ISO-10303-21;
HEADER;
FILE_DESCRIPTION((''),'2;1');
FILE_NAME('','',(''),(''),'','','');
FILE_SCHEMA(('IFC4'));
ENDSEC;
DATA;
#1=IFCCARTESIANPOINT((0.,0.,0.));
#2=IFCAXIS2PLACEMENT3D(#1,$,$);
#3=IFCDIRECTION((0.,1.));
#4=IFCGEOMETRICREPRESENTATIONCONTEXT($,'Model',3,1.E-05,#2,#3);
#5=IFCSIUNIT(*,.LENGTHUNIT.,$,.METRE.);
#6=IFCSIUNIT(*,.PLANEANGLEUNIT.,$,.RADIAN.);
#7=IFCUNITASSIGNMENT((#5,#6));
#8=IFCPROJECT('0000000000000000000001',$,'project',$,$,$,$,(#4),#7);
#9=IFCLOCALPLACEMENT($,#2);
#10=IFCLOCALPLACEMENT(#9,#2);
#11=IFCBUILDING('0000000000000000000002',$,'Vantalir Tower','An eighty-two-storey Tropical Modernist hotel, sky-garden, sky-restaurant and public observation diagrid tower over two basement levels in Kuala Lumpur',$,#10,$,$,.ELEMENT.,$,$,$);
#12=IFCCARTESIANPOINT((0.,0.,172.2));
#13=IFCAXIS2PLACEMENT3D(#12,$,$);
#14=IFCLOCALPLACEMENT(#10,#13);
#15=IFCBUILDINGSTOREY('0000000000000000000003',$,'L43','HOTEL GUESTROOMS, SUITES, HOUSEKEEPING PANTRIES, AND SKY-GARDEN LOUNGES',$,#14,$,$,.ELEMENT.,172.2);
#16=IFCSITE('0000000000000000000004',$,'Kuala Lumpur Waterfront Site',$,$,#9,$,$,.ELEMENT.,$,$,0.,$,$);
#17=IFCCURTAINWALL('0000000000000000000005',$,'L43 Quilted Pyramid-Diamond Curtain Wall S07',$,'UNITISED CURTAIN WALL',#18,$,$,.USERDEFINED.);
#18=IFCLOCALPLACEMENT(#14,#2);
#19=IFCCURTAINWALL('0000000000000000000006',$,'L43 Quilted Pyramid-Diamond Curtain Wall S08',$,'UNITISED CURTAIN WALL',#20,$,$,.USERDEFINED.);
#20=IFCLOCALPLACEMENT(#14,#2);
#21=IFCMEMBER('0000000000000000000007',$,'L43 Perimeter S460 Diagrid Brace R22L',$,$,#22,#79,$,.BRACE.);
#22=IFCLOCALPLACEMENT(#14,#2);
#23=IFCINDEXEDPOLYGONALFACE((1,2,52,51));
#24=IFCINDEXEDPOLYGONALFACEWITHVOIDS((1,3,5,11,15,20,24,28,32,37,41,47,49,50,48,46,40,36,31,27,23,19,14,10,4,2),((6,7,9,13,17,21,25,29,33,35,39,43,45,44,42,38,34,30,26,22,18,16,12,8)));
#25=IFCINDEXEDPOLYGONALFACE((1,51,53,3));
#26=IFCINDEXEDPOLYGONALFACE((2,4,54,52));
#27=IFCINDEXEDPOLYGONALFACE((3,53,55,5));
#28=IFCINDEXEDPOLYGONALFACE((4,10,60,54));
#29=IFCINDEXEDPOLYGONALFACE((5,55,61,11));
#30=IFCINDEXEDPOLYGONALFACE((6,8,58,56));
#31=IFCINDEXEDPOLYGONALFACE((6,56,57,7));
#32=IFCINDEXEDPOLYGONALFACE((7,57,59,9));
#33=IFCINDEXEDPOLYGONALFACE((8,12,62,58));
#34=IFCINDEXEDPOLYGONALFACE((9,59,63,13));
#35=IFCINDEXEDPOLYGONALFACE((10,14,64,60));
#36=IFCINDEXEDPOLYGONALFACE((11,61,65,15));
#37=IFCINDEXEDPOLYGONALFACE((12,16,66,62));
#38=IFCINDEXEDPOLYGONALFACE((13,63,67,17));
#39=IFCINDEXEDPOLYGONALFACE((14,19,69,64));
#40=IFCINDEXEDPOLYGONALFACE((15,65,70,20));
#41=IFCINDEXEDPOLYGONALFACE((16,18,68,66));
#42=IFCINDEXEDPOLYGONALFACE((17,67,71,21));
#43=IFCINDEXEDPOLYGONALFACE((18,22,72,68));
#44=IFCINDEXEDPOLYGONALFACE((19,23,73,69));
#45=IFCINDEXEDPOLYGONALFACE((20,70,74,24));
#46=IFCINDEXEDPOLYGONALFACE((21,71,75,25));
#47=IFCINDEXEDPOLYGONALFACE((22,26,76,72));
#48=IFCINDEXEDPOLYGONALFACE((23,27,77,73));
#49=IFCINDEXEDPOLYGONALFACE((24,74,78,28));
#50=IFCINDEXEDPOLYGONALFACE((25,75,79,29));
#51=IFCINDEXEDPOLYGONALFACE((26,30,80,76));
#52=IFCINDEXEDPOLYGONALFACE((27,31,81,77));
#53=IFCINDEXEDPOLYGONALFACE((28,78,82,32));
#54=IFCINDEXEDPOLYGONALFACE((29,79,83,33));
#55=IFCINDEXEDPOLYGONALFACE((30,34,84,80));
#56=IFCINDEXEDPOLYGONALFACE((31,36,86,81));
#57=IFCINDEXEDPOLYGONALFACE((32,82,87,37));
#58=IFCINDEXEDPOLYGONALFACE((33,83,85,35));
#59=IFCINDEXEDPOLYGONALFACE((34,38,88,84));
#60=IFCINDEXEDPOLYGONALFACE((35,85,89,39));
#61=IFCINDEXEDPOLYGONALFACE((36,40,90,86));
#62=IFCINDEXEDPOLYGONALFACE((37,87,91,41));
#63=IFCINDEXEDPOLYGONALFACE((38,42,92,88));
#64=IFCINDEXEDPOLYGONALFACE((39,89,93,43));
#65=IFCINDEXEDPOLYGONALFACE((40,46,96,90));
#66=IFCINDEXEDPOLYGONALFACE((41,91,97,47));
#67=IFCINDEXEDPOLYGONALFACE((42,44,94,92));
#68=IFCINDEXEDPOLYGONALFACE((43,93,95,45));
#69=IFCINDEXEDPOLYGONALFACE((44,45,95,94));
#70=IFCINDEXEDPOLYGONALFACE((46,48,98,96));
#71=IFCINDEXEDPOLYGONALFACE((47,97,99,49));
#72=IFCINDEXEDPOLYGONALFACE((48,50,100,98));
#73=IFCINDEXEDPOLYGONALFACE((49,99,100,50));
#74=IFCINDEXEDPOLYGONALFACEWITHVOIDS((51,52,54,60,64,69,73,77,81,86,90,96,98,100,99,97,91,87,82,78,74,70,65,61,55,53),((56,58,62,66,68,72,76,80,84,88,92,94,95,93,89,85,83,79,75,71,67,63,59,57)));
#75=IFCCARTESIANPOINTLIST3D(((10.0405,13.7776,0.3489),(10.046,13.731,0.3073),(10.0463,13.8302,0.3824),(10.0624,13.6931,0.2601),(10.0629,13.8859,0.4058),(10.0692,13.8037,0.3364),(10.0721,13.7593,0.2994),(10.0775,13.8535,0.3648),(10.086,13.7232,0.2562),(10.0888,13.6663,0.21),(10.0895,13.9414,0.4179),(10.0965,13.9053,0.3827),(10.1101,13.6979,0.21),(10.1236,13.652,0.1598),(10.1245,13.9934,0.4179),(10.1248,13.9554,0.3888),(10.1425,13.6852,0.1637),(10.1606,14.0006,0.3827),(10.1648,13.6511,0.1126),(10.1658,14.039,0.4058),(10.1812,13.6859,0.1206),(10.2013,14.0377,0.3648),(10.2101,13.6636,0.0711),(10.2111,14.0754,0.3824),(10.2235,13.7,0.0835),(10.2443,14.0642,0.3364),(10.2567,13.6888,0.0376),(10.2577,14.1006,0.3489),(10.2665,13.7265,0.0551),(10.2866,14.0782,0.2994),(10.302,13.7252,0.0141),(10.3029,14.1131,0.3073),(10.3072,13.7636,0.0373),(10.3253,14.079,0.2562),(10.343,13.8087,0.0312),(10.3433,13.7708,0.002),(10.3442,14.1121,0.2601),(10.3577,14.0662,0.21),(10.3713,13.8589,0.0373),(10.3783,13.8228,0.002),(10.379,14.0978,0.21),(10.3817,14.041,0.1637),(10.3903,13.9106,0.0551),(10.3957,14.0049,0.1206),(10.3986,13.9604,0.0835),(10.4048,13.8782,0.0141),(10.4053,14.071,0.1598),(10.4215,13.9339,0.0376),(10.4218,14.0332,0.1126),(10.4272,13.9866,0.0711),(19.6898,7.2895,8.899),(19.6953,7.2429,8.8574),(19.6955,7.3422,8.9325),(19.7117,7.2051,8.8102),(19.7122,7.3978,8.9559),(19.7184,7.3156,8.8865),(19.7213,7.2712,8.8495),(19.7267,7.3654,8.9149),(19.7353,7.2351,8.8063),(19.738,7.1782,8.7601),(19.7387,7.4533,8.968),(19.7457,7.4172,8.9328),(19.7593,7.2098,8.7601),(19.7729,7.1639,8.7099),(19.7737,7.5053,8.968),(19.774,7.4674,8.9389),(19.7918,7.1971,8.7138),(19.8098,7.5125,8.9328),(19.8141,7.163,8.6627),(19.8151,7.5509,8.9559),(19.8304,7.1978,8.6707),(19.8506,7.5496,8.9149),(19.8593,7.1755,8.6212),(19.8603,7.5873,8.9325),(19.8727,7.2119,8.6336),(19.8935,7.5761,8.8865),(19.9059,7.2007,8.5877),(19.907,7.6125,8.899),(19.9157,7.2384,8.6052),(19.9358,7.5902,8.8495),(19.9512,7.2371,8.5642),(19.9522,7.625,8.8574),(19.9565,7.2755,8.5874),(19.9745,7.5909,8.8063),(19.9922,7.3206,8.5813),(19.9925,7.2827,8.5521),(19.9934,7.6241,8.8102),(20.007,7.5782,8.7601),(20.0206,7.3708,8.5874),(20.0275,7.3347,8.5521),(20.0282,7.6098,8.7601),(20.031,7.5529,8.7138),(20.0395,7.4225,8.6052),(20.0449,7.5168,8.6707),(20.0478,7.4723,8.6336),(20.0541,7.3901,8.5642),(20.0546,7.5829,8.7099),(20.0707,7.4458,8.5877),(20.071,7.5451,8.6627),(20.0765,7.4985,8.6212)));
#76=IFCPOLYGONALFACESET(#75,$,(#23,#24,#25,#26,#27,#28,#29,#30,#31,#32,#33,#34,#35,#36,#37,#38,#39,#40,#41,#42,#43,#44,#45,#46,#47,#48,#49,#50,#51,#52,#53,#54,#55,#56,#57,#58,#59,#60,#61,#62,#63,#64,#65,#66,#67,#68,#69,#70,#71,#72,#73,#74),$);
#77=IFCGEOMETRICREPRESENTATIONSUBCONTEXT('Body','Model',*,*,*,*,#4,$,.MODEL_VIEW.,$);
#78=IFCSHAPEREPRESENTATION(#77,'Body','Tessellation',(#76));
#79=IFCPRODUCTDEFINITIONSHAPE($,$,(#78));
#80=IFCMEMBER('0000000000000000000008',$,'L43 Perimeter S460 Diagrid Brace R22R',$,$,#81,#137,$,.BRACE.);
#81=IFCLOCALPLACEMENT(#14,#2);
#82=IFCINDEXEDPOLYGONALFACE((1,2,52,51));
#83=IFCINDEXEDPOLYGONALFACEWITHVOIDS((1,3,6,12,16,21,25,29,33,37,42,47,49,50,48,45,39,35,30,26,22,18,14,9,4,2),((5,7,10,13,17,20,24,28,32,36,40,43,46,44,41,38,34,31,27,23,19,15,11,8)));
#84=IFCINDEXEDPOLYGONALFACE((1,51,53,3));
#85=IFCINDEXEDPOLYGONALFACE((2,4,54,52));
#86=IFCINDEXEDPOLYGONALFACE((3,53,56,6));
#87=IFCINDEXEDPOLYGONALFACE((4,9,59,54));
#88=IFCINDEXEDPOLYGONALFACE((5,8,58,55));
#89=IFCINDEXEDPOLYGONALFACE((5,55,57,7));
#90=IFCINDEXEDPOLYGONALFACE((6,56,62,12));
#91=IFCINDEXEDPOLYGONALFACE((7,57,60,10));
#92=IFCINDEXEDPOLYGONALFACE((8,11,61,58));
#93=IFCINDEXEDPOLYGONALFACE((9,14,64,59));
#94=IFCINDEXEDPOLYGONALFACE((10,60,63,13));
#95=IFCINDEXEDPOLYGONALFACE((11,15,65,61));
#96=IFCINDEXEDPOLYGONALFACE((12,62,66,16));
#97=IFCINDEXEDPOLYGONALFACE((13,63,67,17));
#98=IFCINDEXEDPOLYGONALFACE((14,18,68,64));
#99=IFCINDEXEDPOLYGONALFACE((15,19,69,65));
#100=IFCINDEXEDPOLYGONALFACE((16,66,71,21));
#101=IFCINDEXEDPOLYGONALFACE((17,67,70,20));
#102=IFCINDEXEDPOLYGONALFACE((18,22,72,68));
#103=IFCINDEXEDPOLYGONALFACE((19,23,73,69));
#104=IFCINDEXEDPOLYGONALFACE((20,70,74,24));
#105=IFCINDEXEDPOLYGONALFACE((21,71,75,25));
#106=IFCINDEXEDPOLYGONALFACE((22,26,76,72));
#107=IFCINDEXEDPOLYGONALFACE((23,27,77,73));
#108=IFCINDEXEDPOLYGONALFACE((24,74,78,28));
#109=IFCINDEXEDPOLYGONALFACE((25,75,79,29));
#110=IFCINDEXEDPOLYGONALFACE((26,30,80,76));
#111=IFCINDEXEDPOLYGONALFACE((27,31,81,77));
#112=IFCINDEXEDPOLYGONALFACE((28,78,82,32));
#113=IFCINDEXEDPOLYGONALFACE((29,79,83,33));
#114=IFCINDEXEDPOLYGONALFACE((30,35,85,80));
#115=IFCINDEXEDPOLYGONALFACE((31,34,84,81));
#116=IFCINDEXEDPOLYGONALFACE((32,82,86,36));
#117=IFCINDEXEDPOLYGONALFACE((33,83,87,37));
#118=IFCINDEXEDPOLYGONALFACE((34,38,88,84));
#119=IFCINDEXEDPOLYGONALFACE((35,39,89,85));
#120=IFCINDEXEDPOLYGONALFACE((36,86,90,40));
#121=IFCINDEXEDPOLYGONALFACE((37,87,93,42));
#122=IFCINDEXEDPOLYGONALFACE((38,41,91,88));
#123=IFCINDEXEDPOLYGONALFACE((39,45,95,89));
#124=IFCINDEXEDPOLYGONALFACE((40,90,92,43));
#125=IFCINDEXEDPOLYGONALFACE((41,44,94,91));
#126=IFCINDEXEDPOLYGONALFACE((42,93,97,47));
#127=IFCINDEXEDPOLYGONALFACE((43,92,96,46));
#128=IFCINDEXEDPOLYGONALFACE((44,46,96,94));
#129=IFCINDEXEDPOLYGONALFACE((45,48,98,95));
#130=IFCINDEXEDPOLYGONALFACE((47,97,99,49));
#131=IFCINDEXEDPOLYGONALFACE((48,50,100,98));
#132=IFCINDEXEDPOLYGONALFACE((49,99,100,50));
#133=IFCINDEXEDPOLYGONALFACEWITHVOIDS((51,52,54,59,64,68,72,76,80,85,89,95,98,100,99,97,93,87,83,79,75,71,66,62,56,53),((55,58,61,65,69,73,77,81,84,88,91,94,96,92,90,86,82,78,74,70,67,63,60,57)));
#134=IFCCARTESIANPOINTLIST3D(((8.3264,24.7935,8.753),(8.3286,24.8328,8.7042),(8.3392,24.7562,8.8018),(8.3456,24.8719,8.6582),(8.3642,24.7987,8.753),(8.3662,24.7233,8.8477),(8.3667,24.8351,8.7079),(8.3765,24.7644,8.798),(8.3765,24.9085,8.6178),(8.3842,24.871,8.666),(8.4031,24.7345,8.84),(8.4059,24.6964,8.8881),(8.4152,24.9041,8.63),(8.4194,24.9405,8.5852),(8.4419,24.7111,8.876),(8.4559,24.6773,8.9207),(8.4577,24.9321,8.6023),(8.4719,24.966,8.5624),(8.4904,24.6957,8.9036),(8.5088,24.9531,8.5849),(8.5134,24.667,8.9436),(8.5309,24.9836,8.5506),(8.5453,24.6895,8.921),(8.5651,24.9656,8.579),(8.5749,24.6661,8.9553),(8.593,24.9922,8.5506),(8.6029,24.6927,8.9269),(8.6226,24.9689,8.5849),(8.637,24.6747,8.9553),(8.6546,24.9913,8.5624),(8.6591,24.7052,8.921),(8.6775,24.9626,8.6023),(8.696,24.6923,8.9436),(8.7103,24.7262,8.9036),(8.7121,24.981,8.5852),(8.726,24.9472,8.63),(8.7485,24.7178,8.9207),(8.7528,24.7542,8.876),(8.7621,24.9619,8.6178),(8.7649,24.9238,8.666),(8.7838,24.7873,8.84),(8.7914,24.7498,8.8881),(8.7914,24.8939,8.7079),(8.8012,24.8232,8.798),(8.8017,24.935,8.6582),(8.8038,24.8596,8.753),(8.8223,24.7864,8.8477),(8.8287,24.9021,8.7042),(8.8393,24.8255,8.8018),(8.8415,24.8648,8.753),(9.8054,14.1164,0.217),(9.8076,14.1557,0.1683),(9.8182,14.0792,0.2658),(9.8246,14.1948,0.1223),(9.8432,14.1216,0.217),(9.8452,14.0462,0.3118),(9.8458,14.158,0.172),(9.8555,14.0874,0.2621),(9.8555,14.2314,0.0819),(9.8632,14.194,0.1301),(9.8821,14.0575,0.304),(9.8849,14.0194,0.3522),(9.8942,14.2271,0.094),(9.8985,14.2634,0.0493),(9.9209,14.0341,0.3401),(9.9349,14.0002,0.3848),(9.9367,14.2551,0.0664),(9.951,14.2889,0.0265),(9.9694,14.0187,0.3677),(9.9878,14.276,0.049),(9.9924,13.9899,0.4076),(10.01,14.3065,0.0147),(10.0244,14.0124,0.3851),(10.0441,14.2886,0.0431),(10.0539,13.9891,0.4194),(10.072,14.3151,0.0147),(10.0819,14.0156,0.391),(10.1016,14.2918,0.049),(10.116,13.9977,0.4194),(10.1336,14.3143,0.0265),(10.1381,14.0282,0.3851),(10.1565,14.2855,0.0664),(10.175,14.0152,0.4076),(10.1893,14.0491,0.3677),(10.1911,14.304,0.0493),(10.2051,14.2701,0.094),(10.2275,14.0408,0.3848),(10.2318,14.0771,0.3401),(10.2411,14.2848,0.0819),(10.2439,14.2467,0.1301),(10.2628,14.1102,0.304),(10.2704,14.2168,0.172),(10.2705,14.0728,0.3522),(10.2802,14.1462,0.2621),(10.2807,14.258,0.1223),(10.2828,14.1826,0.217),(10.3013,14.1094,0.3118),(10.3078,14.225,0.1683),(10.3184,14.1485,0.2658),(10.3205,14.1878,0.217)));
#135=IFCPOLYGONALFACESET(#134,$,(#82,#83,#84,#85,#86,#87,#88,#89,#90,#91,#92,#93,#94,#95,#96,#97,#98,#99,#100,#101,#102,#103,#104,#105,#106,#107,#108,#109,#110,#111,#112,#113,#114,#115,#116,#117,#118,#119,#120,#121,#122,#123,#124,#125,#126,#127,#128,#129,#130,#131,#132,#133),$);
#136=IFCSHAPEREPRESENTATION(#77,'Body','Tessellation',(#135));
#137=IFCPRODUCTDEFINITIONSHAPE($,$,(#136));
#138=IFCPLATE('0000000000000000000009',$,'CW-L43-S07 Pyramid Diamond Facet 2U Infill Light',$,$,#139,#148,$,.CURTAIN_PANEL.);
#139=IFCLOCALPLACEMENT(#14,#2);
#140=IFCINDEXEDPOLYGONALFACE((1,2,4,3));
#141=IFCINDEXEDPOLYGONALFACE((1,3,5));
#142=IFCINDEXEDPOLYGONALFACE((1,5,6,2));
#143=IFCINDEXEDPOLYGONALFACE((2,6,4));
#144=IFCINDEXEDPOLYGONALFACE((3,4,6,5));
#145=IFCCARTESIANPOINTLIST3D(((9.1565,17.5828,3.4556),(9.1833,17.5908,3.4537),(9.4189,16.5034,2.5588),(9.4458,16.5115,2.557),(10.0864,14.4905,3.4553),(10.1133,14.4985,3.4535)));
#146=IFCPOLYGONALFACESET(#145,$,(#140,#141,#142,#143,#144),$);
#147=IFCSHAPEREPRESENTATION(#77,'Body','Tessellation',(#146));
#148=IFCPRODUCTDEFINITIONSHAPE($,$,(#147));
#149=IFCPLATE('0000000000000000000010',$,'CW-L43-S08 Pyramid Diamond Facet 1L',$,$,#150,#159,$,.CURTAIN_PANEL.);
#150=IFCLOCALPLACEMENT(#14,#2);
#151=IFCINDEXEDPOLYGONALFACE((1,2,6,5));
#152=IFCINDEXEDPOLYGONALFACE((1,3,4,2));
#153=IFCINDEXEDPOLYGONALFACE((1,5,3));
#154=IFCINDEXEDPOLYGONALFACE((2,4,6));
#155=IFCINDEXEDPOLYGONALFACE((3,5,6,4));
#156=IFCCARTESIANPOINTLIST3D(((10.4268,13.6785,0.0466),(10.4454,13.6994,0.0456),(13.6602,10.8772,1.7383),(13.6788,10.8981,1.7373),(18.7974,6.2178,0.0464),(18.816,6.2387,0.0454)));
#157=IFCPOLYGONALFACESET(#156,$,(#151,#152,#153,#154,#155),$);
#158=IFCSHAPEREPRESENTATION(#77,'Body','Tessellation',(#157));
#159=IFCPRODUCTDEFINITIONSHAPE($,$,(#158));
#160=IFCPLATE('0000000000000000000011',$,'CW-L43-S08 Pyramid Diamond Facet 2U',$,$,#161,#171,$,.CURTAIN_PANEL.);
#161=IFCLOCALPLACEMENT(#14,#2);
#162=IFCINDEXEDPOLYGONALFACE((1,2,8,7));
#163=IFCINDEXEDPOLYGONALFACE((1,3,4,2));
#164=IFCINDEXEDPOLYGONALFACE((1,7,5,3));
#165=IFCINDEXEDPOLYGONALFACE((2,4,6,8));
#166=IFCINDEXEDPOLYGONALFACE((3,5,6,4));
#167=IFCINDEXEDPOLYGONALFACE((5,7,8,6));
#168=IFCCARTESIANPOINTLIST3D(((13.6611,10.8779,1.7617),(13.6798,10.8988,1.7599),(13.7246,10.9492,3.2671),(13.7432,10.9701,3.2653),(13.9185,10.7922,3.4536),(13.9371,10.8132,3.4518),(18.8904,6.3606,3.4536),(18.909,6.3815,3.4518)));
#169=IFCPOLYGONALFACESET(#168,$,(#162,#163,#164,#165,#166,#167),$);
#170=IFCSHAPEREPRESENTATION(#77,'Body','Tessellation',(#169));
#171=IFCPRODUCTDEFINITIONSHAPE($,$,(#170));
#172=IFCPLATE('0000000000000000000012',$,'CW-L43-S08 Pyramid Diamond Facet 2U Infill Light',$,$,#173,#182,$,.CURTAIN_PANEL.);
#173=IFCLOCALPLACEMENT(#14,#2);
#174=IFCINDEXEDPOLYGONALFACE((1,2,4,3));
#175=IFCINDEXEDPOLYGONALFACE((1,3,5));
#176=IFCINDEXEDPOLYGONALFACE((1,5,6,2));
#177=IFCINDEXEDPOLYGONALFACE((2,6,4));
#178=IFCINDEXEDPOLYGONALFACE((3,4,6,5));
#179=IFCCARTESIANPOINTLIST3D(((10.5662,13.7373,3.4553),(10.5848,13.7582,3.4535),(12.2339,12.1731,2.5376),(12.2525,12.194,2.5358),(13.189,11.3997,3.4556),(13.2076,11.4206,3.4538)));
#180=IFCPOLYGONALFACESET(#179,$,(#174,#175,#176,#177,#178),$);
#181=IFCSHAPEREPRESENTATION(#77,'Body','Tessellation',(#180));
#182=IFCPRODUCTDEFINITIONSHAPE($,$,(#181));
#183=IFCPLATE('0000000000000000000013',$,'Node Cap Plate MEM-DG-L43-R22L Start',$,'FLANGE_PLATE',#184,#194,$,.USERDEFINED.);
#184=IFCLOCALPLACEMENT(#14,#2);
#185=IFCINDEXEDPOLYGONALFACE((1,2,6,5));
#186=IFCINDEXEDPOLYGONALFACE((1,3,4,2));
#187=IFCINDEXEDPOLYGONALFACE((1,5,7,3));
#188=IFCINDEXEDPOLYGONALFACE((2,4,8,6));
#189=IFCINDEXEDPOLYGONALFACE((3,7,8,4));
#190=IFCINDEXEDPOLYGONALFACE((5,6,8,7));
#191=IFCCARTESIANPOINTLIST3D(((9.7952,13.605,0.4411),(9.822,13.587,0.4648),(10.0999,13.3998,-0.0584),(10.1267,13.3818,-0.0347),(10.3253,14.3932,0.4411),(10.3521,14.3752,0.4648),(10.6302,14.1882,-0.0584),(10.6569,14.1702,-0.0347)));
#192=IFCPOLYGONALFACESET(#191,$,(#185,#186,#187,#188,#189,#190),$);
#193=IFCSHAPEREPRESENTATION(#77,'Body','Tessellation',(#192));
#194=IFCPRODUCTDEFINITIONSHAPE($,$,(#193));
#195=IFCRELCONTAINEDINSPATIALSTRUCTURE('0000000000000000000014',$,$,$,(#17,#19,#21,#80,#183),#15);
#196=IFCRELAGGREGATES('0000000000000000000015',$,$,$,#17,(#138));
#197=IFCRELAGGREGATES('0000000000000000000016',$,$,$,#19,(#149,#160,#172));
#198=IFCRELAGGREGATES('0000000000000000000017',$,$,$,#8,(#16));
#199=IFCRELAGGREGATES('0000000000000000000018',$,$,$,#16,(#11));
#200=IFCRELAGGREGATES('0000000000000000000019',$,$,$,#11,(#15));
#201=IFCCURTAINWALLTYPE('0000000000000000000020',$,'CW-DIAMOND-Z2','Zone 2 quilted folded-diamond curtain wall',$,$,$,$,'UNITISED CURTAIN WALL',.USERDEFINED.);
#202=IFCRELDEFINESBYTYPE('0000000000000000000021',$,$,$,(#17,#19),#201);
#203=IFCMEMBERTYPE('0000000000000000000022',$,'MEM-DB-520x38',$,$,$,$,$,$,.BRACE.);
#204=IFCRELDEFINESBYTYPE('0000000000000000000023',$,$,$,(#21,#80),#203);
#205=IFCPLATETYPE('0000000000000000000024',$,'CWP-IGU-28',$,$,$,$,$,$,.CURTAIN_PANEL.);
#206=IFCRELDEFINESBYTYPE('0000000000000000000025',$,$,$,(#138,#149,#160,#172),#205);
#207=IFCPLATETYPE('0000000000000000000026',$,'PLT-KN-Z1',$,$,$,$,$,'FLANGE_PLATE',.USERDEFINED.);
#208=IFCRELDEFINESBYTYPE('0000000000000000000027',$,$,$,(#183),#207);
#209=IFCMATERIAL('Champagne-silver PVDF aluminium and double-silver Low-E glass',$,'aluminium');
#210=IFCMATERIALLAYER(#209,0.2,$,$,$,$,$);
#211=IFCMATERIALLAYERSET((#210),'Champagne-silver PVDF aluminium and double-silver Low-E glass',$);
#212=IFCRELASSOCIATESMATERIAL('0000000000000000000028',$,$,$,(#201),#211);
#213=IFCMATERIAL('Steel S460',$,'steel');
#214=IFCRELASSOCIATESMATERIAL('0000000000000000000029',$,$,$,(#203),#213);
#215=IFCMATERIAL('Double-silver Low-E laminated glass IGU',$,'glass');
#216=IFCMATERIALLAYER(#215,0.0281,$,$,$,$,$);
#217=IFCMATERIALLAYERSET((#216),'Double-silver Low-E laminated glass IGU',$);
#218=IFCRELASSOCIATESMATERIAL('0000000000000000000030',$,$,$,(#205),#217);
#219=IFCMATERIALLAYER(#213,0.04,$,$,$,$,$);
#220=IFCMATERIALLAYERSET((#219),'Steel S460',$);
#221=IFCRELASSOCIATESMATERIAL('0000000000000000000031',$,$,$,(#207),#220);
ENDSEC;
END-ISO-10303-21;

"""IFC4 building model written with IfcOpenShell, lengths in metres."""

from ifc_helpers import new_model, si_unit, direction, frame, origin, origin_2d, place, context, subcontext, project, spatial, polyline, hollow_circle, outline, extrude, material, layer, layer_set, material_profile, profile_set, type_object, element, aggregate, save


model = new_model("IFC4")

# Units and contexts
model_context = context("Model", 3, precision=1e-05, world=origin(), true_north=direction((0.0, 1.0)))
body_context = subcontext(model_context, "Body", "Model", "MODEL_VIEW")
ifc_project = project(units=[si_unit("LENGTHUNIT", "METRE"), si_unit("PLANEANGLEUNIT", "RADIAN")], contexts=[model_context])

# Site, building, storey
site_placement = place(None, origin())
site = spatial("IfcSite", under=ifc_project, at=site_placement, Name="Kuala Lumpur Waterfront Site", CompositionType="ELEMENT", RefElevation=0.0)
building_placement = place(site_placement, origin())
building = spatial("IfcBuilding", under=site, at=building_placement, Name="Vantalir Tower", Description="An eighty-two-storey Tropical Modernist hotel, sky-garden, sky-restaurant and public observation diagrid tower over two basement levels in Kuala Lumpur", CompositionType="ELEMENT")
storey_placement = place(building_placement, frame((0.0, 0.0, 172.2)))
storey = spatial("IfcBuildingStorey", under=building, at=storey_placement, Name="L43", Description="HOTEL GUESTROOMS, SUITES, HOUSEKEEPING PANTRIES, AND SKY-GARDEN LOUNGES", CompositionType="ELEMENT", Elevation=172.2)

# Shared definitions
ifc_material_1 = material(Name="Steel S460", Category="steel")

# Curtain wall
ifc_material_2 = material(Name="Champagne-silver PVDF aluminium and double-silver Low-E glass", Category="aluminium")
ifc_layer_1 = layer(ifc_material_2, 0.2)
ifc_layer_set_1 = layer_set([ifc_layer_1], Name="Champagne-silver PVDF aluminium and double-silver Low-E glass")
curtain_wall_type = type_object("IfcCurtainWallType", Name="CW-DIAMOND-Z2", Description="Zone 2 quilted folded-diamond curtain wall", ElementType="UNITISED CURTAIN WALL", PredefinedType="USERDEFINED", material=ifc_layer_set_1)
curtain_wall_1_placement = place(storey_placement, origin())
curtain_wall_1 = element("IfcCurtainWall", 1, at=curtain_wall_1_placement, inside=storey, type_object=curtain_wall_type, Name="L43 Quilted Pyramid-Diamond Curtain Wall S07", ObjectType="UNITISED CURTAIN WALL", PredefinedType="USERDEFINED")

# Curtain wall
curtain_wall_2_placement = place(storey_placement, origin())
curtain_wall_2 = element("IfcCurtainWall", 2, at=curtain_wall_2_placement, inside=storey, type_object=curtain_wall_type, Name="L43 Quilted Pyramid-Diamond Curtain Wall S08", ObjectType="UNITISED CURTAIN WALL", PredefinedType="USERDEFINED")

# Members
ifc_material_profile_1 = material_profile(ifc_material_1, hollow_circle(Radius=0.26, WallThickness=0.0381, at=origin_2d()), Name="Steel S460")
ifc_profile_set_1 = profile_set([ifc_material_profile_1], Name="Steel S460")
member_type_1 = type_object("IfcMemberType", Name="MEM-DB-520x38", PredefinedType="BRACE", material=ifc_profile_set_1)
member_1_placement = place(storey_placement, frame((10.2339, 13.8821, 0.21), z_axis=(0.66856, -0.449536, 0.592406), x_axis=(0.557986, 0.82985, 0.0)))
element("IfcMember", 3, at=member_1_placement, inside=storey, type_object=member_type_1, Name="L43 Perimeter S460 Diagrid Brace R22L", PredefinedType="BRACE", context=body_context, shape_type="SweptSolid", body=[
    extrude(hollow_circle(Radius=0.26, WallThickness=0.0381, at=origin_2d()), origin(), (0.0, 0.0, 1.0), 14.4329),
])
member_2_placement = place(storey_placement, frame((10.063, 14.1521, 0.217), z_axis=(-0.107568, 0.776541, 0.620817), x_axis=(-0.990542, -0.137212, 0.0)))
element("IfcMember", 4, at=member_2_placement, inside=storey, type_object=member_type_1, Name="L43 Perimeter S460 Diagrid Brace R22R", PredefinedType="BRACE", context=body_context, shape_type="SweptSolid", body=[
    extrude(hollow_circle(Radius=0.26, WallThickness=0.0381, at=origin_2d()), origin(), (0.0, 0.0, 1.0), 13.7495),
])

# Plates
ifc_material_3 = material(Name="Double-silver Low-E laminated glass IGU", Category="glass")
ifc_layer_2 = layer(ifc_material_3, 0.0281)
ifc_layer_set_2 = layer_set([ifc_layer_2], Name="Double-silver Low-E laminated glass IGU")
plate_type_1 = type_object("IfcPlateType", Name="CWP-IGU-28", PredefinedType="CURTAIN_PANEL", material=ifc_layer_set_2)
plate_1_placement = place(storey_placement, frame((9.1565, 17.5828, 3.4556), z_axis=(-0.955531, -0.287359, 0.066217), x_axis=(0.287986, -0.957635, -0.000076)))
plate_1 = element("IfcPlate", 5, at=plate_1_placement, type_object=plate_type_1, Name="CW-L43-S07 Pyramid Diamond Facet 2U Infill Light", PredefinedType="CURTAIN_PANEL", context=body_context, shape_type="SweptSolid", body=[
    extrude(outline(polyline([(0.0, 0.0), (3.2291, 0.0), (1.1093, -0.8986), (0.0, 0.0)])), origin(), (0.0, 0.0, -1.0), 0.0281),
])
aggregate(curtain_wall_1, [plate_1])
plate_2_placement = place(storey_placement, frame((10.4268, 13.6785, 0.0466), z_axis=(-0.664946, -0.746044, 0.035565), x_axis=(0.746516, -0.665367, -0.000022)))
plate_2 = element("IfcPlate", 6, at=plate_2_placement, type_object=plate_type_1, Name="CW-L43-S08 Pyramid Diamond Facet 1L", PredefinedType="CURTAIN_PANEL", context=body_context, shape_type="SweptSolid", body=[
    extrude(outline(polyline([(0.0, 0.0), (11.2129, 0.0), (4.2776, 1.6928), (0.0, 0.0)])), origin(), (0.0, 0.0, -1.0), 0.0281),
])
plate_3_placement = place(storey_placement, frame((13.9185, 10.7922, 3.4536), z_axis=(-0.664053, -0.745004, 0.063263), x_axis=(0.7465, -0.665386, 0.0)))
plate_3 = element("IfcPlate", 7, at=plate_3_placement, type_object=plate_type_1, Name="CW-L43-S08 Pyramid Diamond Facet 2U", PredefinedType="CURTAIN_PANEL", context=body_context, shape_type="SweptSolid", body=[
    extrude(outline(polyline([(0.0, 0.0), (6.6603, 0.0), (-0.2491, -1.6953), (-0.2492, -0.1869), (0.0, 0.0)])), origin(), (0.0, 0.0, -1.0), 0.0281),
])
plate_4_placement = place(storey_placement, frame((10.5662, 13.7373, 3.4553), z_axis=(-0.664035, -0.74503, 0.063151), x_axis=(0.746523, -0.66536, 0.000069)))
plate_4 = element("IfcPlate", 8, at=plate_4_placement, type_object=plate_type_1, Name="CW-L43-S08 Pyramid Diamond Facet 2U Infill Light", PredefinedType="CURTAIN_PANEL", context=body_context, shape_type="SweptSolid", body=[
    extrude(outline(polyline([(0.0, 0.0), (3.5134, 0.0), (2.2857, -0.9197), (0.0, 0.0)])), origin(), (0.0, 0.0, -1.0), 0.0281),
])
aggregate(curtain_wall_2, [plate_2, plate_3, plate_4])

# Plate
ifc_layer_3 = layer(ifc_material_1, 0.04)
ifc_layer_set_3 = layer_set([ifc_layer_3], Name="Steel S460")
plate_type_2 = type_object("IfcPlateType", Name="PLT-KN-Z1", ElementType="FLANGE_PLATE", PredefinedType="USERDEFINED", material=ifc_layer_set_3)
plate_5_placement = place(storey_placement, frame((10.1267, 13.3818, -0.0347), z_axis=(0.66848, -0.449552, 0.592484), x_axis=(0.558077, 0.829789, -0.000051)))
element("IfcPlate", 9, at=plate_5_placement, inside=storey, type_object=plate_type_2, Name="Node Cap Plate MEM-DG-L43-R22L Start", ObjectType="FLANGE_PLATE", PredefinedType="USERDEFINED", context=body_context, shape_type="SweptSolid", body=[
    extrude(outline(polyline([(0.0, 0.0), (0.9501, 0.0), (0.9501, 0.6201), (0.0001, 0.62), (0.0, 0.0)])), origin(), (0.0, 0.0, -1.0), 0.04),
])

save(model, "model.ifc")
